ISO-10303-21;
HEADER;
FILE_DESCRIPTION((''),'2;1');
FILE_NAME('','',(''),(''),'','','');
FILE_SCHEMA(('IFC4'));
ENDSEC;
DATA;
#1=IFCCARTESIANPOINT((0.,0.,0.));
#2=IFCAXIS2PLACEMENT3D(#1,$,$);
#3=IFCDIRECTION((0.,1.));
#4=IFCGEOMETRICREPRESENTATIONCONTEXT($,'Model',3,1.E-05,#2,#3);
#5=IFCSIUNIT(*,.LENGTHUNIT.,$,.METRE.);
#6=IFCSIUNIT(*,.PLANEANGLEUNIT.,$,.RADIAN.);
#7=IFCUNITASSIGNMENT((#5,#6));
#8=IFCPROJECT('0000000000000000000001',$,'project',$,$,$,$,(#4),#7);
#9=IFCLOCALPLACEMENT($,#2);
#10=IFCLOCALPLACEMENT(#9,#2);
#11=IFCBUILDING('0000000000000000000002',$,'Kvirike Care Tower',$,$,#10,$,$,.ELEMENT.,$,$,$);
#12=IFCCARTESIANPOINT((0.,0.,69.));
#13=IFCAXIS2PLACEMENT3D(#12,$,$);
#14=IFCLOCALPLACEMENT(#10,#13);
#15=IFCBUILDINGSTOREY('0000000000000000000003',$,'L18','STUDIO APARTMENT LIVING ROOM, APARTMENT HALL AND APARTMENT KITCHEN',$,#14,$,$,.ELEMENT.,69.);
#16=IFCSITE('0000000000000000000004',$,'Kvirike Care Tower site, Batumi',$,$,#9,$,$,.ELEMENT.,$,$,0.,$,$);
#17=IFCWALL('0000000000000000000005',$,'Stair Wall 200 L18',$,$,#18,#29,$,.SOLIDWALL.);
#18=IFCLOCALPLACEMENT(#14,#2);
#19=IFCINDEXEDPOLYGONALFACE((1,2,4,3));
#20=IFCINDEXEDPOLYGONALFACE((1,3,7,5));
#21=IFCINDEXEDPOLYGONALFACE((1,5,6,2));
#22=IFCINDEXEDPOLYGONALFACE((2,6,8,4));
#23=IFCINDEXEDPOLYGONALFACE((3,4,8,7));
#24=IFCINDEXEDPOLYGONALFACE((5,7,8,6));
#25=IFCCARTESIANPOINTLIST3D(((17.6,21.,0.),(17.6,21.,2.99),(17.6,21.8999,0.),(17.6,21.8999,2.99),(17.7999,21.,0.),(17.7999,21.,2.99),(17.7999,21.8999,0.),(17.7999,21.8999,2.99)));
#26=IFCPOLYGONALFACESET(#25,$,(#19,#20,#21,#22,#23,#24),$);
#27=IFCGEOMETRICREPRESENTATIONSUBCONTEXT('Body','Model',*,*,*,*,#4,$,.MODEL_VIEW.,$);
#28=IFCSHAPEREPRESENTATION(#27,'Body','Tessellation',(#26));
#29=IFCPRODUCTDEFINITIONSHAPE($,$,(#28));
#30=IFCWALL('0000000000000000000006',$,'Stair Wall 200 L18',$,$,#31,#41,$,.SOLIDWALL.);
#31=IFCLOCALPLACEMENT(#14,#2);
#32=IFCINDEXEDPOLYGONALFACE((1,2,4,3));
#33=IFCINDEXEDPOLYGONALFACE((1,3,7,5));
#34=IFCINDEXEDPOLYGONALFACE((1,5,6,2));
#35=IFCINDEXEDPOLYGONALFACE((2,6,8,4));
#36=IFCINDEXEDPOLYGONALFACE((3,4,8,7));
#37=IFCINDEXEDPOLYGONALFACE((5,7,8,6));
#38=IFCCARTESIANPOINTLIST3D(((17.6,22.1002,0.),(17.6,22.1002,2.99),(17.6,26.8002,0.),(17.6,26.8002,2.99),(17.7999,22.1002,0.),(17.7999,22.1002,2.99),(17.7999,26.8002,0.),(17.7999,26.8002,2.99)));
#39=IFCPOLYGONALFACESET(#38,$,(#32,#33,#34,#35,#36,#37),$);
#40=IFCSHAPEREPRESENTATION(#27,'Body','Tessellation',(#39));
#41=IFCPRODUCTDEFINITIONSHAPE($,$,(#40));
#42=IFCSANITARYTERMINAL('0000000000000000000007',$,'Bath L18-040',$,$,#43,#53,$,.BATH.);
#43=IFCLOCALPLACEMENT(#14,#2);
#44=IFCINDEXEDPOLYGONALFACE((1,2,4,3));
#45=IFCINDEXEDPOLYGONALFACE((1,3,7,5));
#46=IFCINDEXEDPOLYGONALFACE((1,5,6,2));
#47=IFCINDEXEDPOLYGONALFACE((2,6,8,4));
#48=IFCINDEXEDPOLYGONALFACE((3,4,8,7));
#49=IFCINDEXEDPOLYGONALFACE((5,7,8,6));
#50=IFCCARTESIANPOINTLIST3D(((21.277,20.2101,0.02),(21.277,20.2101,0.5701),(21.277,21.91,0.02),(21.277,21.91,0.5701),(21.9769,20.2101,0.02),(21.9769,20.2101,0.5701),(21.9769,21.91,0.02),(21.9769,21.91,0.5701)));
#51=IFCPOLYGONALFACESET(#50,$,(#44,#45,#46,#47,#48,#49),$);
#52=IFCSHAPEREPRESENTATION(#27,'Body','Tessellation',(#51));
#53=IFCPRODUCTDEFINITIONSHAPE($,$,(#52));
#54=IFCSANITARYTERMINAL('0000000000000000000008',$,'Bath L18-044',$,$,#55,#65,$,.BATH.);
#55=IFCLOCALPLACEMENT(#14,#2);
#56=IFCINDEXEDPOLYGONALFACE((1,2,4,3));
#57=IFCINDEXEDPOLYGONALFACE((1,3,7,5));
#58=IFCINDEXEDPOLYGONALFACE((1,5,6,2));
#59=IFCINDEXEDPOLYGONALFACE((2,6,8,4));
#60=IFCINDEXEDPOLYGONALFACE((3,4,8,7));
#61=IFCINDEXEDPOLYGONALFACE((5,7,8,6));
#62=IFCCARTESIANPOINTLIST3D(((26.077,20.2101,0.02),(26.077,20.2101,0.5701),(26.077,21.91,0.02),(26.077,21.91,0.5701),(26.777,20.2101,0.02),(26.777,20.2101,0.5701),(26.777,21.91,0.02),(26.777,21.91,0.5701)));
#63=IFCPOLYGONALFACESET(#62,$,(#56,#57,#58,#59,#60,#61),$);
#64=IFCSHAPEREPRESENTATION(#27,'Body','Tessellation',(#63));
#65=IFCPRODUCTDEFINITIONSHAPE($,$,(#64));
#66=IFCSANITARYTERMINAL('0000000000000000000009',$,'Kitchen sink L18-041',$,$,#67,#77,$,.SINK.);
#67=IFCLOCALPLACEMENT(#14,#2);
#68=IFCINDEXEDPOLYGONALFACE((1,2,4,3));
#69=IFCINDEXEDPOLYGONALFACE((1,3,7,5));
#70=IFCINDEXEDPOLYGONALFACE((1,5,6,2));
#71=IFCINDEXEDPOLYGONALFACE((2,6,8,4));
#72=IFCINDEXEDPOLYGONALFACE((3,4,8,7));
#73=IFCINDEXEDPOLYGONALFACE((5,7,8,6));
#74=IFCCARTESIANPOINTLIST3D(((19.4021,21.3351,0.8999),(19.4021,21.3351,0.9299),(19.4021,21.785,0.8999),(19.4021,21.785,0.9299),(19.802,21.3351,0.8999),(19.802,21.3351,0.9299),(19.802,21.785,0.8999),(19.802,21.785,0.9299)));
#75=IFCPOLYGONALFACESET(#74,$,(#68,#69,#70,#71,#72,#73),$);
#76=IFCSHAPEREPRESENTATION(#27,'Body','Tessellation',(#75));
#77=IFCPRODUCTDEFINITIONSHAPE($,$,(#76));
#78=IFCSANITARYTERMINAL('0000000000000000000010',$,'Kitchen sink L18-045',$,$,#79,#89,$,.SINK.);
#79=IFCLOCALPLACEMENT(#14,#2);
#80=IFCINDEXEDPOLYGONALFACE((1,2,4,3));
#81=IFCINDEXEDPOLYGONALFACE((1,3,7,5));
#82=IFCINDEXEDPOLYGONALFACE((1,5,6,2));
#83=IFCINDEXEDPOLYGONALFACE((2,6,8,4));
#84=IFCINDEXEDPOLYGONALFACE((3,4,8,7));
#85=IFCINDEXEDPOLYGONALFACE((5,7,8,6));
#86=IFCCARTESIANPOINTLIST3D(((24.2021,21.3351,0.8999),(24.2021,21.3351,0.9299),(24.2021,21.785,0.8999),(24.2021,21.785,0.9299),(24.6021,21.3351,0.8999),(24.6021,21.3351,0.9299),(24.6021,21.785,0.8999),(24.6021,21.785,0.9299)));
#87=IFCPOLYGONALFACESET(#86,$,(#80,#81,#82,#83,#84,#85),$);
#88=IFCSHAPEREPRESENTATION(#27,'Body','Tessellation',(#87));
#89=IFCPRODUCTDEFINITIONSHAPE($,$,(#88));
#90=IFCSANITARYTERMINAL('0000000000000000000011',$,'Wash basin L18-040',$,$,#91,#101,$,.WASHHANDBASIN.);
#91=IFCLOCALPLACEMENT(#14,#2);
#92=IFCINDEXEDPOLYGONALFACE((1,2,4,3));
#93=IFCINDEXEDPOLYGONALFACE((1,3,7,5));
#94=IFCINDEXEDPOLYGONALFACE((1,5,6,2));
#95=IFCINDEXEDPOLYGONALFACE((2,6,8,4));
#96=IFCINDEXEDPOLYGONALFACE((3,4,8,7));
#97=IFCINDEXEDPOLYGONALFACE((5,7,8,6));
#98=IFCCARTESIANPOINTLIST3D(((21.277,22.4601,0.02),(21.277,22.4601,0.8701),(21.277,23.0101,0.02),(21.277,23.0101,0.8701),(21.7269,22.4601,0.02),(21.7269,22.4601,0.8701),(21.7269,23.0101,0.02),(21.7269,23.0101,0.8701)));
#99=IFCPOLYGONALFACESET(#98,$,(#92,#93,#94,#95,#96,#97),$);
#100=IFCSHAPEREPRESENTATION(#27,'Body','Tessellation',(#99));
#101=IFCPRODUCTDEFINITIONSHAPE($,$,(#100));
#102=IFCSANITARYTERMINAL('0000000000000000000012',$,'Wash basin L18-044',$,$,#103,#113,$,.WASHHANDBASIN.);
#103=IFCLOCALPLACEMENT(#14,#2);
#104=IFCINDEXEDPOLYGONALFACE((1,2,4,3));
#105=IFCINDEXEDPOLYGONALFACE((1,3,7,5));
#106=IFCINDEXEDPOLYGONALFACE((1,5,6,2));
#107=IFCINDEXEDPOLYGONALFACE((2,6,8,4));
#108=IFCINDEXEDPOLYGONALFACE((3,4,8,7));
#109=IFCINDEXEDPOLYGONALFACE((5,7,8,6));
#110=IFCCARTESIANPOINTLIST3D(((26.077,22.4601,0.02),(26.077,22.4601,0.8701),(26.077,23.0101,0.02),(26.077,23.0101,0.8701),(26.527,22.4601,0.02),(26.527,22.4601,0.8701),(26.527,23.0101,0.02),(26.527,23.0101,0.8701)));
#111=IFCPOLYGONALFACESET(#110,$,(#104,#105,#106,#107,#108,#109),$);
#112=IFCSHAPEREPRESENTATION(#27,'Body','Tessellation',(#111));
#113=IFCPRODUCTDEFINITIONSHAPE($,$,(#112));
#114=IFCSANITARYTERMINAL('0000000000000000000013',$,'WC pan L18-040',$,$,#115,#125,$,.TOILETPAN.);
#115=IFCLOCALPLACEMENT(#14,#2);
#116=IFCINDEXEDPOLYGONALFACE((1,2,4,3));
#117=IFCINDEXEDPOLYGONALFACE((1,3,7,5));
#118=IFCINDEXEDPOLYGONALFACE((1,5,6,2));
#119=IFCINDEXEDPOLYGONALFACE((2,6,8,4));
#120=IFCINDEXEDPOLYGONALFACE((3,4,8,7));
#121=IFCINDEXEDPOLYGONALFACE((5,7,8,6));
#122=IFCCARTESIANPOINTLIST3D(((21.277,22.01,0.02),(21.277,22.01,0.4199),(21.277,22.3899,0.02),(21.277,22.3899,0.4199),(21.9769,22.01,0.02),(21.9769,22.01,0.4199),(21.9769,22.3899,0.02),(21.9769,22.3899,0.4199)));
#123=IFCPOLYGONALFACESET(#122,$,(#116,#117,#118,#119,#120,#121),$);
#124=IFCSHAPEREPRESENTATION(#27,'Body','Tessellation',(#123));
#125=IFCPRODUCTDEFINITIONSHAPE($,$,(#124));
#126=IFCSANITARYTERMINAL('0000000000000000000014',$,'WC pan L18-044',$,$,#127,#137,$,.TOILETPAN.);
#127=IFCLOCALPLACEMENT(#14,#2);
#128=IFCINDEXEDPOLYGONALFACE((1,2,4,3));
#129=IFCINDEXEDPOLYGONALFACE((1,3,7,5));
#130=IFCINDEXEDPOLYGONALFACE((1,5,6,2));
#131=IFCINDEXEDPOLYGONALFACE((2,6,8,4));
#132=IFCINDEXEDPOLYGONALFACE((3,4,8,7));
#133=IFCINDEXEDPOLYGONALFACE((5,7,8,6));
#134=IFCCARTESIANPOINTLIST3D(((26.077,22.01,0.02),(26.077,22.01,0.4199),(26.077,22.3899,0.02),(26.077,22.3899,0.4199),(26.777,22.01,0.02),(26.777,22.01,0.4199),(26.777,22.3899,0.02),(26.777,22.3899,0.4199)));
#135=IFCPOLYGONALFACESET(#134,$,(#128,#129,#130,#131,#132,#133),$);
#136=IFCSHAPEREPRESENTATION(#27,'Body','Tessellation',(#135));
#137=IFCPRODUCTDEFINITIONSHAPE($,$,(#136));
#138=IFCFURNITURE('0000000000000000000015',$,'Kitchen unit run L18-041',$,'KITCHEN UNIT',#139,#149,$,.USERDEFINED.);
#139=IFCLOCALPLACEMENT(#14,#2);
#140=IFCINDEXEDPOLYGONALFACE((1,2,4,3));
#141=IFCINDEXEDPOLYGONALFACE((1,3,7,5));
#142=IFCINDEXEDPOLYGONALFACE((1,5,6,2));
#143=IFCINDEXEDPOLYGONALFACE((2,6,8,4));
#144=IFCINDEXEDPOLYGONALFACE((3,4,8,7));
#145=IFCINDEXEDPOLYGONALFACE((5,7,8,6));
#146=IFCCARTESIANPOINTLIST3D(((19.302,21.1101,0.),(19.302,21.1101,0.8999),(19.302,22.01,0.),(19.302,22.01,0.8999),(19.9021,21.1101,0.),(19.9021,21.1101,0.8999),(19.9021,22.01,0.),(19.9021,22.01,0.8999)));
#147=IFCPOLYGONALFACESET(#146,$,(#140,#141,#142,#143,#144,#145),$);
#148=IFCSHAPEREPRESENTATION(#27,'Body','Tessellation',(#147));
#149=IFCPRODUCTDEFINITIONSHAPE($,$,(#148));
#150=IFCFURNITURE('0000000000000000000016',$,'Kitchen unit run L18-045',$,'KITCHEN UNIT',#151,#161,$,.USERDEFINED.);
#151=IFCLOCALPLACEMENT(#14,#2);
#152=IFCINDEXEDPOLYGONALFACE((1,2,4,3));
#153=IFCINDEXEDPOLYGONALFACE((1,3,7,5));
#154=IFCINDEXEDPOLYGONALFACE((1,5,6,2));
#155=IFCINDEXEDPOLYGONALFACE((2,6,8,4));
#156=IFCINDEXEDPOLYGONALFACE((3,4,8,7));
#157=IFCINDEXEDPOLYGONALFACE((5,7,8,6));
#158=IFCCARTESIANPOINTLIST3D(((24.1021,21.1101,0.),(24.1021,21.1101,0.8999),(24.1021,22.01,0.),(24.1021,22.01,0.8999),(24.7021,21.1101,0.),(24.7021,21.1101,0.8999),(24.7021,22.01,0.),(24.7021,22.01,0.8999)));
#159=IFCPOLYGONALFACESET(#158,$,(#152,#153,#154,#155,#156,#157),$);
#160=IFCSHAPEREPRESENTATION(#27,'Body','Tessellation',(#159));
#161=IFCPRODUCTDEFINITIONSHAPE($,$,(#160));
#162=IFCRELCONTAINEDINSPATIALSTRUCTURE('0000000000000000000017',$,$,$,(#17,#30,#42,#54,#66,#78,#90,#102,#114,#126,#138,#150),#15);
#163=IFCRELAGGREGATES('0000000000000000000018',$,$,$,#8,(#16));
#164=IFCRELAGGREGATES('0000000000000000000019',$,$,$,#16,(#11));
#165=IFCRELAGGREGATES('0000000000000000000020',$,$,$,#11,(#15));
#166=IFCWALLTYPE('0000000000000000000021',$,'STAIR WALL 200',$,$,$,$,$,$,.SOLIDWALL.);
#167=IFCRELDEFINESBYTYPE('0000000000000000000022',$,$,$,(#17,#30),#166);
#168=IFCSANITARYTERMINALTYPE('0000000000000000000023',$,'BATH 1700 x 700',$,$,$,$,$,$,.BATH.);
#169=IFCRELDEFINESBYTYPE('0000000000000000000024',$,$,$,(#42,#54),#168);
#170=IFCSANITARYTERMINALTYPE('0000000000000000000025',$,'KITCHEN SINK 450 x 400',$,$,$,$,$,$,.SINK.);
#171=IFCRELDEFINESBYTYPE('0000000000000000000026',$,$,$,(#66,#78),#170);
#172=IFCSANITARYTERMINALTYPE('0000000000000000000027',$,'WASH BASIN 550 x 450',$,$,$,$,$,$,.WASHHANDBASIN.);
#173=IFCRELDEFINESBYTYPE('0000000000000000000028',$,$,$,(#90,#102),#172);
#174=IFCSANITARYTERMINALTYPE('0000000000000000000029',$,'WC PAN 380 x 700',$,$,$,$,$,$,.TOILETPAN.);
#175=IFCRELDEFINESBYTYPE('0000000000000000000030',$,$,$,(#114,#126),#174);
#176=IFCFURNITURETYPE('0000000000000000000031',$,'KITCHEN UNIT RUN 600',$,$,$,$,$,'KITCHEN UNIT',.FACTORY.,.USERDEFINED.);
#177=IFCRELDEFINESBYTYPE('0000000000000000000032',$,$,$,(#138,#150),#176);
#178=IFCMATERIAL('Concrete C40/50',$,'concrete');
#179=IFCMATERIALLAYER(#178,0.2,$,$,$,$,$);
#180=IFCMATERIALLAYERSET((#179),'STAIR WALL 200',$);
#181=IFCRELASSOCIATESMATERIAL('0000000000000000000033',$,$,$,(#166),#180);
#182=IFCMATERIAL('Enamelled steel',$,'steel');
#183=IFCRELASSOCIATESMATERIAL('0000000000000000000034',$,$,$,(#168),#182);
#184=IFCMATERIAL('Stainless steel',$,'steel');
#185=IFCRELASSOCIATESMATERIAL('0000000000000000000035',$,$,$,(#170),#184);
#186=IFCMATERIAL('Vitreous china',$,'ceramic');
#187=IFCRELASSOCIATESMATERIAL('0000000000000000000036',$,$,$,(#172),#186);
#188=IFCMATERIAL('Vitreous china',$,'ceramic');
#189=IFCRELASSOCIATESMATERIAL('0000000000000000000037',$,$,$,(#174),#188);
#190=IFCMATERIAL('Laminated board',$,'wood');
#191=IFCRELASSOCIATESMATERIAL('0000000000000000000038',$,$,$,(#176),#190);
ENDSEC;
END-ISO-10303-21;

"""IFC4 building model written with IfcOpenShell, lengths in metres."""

from ifc_helpers import new_model, si_unit, direction, frame, frame_2d, origin, origin_2d, place, context, subcontext, project, spatial, rectangle, extrude, material, layer, layer_set, type_object, element, save


model = new_model("IFC4")

# Units and contexts
model_context = context("Model", 3, precision=1e-05, world=origin(), true_north=direction((0.0, 1.0)))
body_context = subcontext(model_context, "Body", "Model", "MODEL_VIEW")
ifc_project = project(units=[si_unit("LENGTHUNIT", "METRE"), si_unit("PLANEANGLEUNIT", "RADIAN")], contexts=[model_context])

# Site, building, storey
site_placement = place(None, origin())
site = spatial("IfcSite", under=ifc_project, at=site_placement, Name="Kvirike Care Tower site, Batumi", CompositionType="ELEMENT", RefElevation=0.0)
building_placement = place(site_placement, origin())
building = spatial("IfcBuilding", under=site, at=building_placement, Name="Kvirike Care Tower", CompositionType="ELEMENT")
storey_placement = place(building_placement, frame((0.0, 0.0, 69.0)))
storey = spatial("IfcBuildingStorey", under=building, at=storey_placement, Name="L18", Description="STUDIO APARTMENT LIVING ROOM, APARTMENT HALL AND APARTMENT KITCHEN", CompositionType="ELEMENT", Elevation=69.0)

# Walls
ifc_material_1 = material(Name="Concrete C40/50", Category="concrete")
ifc_layer_1 = layer(ifc_material_1, 0.2)
ifc_layer_set_1 = layer_set([ifc_layer_1], Name="STAIR WALL 200")
wall_type_1 = type_object("IfcWallType", Name="STAIR WALL 200", PredefinedType="SOLIDWALL", material=ifc_layer_set_1)
wall_1_placement = place(storey_placement, frame((17.7, 21.0, 0.0), z_axis=(0.0, 0.0, 1.0), x_axis=(0.0, 1.0, 0.0)))
element("IfcWall", 1, at=wall_1_placement, inside=storey, type_object=wall_type_1, Name="Stair Wall 200 L18", PredefinedType="SOLIDWALL", context=body_context, shape_type="SweptSolid", body=[
    extrude(rectangle(XDim=0.8999, YDim=0.2, at=frame_2d((0.45, 0.0))), origin(), (0.0, 0.0, 1.0), 2.99),
])
wall_2_placement = place(storey_placement, frame((17.7, 22.1001, 0.0), z_axis=(0.0, 0.0, 1.0), x_axis=(0.0, 1.0, 0.0)))
element("IfcWall", 2, at=wall_2_placement, inside=storey, type_object=wall_type_1, Name="Stair Wall 200 L18", PredefinedType="SOLIDWALL", context=body_context, shape_type="SweptSolid", body=[
    extrude(rectangle(XDim=4.7, YDim=0.2, at=frame_2d((2.3501, 0.0))), origin(), (0.0, 0.0, 1.0), 2.99),
])

# Sanitary terminals
ifc_material_2 = material(Name="Enamelled steel", Category="steel")
sanitary_terminal_type_1 = type_object("IfcSanitaryTerminalType", Name="BATH 1700 x 700", PredefinedType="BATH", material=ifc_material_2)
for number, where, z_axis, x_axis, name in (
    (3, (21.627, 21.0601, 0.02), (0.0, 0.0, 1.0), (0.0, 1.0, 0.0), "Bath L18-040"),
    (4, (26.427, 21.0601, 0.02), (0.0, 0.0, 1.0), (0.0, 1.0, 0.0), "Bath L18-044"),
):
    element("IfcSanitaryTerminal", number, at=place(storey_placement, frame(where, z_axis=z_axis, x_axis=x_axis)), inside=storey, type_object=sanitary_terminal_type_1, Name=name, PredefinedType="BATH", context=body_context, shape_type="SweptSolid", body=[
        extrude(rectangle(XDim=1.7, YDim=0.7, at=origin_2d()), origin(), (0.0, 0.0, 1.0), 0.55),
    ])
ifc_material_3 = material(Name="Stainless steel", Category="steel")
sanitary_terminal_type_2 = type_object("IfcSanitaryTerminalType", Name="KITCHEN SINK 450 x 400", PredefinedType="SINK", material=ifc_material_3)
for number, where, z_axis, x_axis, name in (
    (5, (19.6021, 21.5601, 0.8999), (0.0, 0.0, 1.0), (0.0, 1.0, 0.0), "Kitchen sink L18-041"),
    (6, (24.4021, 21.5601, 0.8999), (0.0, 0.0, 1.0), (0.0, 1.0, 0.0), "Kitchen sink L18-045"),
):
    element("IfcSanitaryTerminal", number, at=place(storey_placement, frame(where, z_axis=z_axis, x_axis=x_axis)), inside=storey, type_object=sanitary_terminal_type_2, Name=name, PredefinedType="SINK", context=body_context, shape_type="SweptSolid", body=[
        extrude(rectangle(XDim=0.45, YDim=0.3999, at=origin_2d()), origin(), (0.0, 0.0, 1.0), 0.03),
    ])
ifc_material_4 = material(Name="Vitreous china", Category="ceramic")
sanitary_terminal_type_3 = type_object("IfcSanitaryTerminalType", Name="WASH BASIN 550 x 450", PredefinedType="WASHHANDBASIN", material=ifc_material_4)
for number, where, z_axis, x_axis, name in (
    (7, (21.502, 22.7351, 0.02), (0.0, 0.0, 1.0), (0.0, 1.0, 0.0), "Wash basin L18-040"),
    (8, (26.302, 22.7351, 0.02), (0.0, 0.0, 1.0), (0.0, 1.0, 0.0), "Wash basin L18-044"),
):
    element("IfcSanitaryTerminal", number, at=place(storey_placement, frame(where, z_axis=z_axis, x_axis=x_axis)), inside=storey, type_object=sanitary_terminal_type_3, Name=name, PredefinedType="WASHHANDBASIN", context=body_context, shape_type="SweptSolid", body=[
        extrude(rectangle(XDim=0.55, YDim=0.45, at=origin_2d()), origin(), (0.0, 0.0, 1.0), 0.8501),
    ])
ifc_material_5 = material(Name="Vitreous china", Category="ceramic")
sanitary_terminal_type_4 = type_object("IfcSanitaryTerminalType", Name="WC PAN 380 x 700", PredefinedType="TOILETPAN", material=ifc_material_5)
for number, where, z_axis, x_axis, name in (
    (9, (21.627, 22.2, 0.02), (0.0, 0.0, 1.0), (0.0, 1.0, 0.0), "WC pan L18-040"),
    (10, (26.427, 22.2, 0.02), (0.0, 0.0, 1.0), (0.0, 1.0, 0.0), "WC pan L18-044"),
):
    element("IfcSanitaryTerminal", number, at=place(storey_placement, frame(where, z_axis=z_axis, x_axis=x_axis)), inside=storey, type_object=sanitary_terminal_type_4, Name=name, PredefinedType="TOILETPAN", context=body_context, shape_type="SweptSolid", body=[
        extrude(rectangle(XDim=0.3799, YDim=0.7, at=origin_2d()), origin(), (0.0, 0.0, 1.0), 0.3999),
    ])

# Furniture
ifc_material_6 = material(Name="Laminated board", Category="wood")
furniture_type = type_object("IfcFurnitureType", Name="KITCHEN UNIT RUN 600", ElementType="KITCHEN UNIT", AssemblyPlace="FACTORY", PredefinedType="USERDEFINED", material=ifc_material_6)
for number, where, z_axis, x_axis, name in (
    (11, (19.6021, 21.5601, 0.0), (0.0, 0.0, 1.0), (0.0, 1.0, 0.0), "Kitchen unit run L18-041"),
    (12, (24.4021, 21.5601, 0.0), (0.0, 0.0, 1.0), (0.0, 1.0, 0.0), "Kitchen unit run L18-045"),
):
    element("IfcFurniture", number, at=place(storey_placement, frame(where, z_axis=z_axis, x_axis=x_axis)), inside=storey, type_object=furniture_type, Name=name, ObjectType="KITCHEN UNIT", PredefinedType="USERDEFINED", context=body_context, shape_type="SweptSolid", body=[
        extrude(rectangle(XDim=0.8999, YDim=0.6001, at=origin_2d()), origin(), (0.0, 0.0, 1.0), 0.8999),
    ])

save(model, "model.ifc")
